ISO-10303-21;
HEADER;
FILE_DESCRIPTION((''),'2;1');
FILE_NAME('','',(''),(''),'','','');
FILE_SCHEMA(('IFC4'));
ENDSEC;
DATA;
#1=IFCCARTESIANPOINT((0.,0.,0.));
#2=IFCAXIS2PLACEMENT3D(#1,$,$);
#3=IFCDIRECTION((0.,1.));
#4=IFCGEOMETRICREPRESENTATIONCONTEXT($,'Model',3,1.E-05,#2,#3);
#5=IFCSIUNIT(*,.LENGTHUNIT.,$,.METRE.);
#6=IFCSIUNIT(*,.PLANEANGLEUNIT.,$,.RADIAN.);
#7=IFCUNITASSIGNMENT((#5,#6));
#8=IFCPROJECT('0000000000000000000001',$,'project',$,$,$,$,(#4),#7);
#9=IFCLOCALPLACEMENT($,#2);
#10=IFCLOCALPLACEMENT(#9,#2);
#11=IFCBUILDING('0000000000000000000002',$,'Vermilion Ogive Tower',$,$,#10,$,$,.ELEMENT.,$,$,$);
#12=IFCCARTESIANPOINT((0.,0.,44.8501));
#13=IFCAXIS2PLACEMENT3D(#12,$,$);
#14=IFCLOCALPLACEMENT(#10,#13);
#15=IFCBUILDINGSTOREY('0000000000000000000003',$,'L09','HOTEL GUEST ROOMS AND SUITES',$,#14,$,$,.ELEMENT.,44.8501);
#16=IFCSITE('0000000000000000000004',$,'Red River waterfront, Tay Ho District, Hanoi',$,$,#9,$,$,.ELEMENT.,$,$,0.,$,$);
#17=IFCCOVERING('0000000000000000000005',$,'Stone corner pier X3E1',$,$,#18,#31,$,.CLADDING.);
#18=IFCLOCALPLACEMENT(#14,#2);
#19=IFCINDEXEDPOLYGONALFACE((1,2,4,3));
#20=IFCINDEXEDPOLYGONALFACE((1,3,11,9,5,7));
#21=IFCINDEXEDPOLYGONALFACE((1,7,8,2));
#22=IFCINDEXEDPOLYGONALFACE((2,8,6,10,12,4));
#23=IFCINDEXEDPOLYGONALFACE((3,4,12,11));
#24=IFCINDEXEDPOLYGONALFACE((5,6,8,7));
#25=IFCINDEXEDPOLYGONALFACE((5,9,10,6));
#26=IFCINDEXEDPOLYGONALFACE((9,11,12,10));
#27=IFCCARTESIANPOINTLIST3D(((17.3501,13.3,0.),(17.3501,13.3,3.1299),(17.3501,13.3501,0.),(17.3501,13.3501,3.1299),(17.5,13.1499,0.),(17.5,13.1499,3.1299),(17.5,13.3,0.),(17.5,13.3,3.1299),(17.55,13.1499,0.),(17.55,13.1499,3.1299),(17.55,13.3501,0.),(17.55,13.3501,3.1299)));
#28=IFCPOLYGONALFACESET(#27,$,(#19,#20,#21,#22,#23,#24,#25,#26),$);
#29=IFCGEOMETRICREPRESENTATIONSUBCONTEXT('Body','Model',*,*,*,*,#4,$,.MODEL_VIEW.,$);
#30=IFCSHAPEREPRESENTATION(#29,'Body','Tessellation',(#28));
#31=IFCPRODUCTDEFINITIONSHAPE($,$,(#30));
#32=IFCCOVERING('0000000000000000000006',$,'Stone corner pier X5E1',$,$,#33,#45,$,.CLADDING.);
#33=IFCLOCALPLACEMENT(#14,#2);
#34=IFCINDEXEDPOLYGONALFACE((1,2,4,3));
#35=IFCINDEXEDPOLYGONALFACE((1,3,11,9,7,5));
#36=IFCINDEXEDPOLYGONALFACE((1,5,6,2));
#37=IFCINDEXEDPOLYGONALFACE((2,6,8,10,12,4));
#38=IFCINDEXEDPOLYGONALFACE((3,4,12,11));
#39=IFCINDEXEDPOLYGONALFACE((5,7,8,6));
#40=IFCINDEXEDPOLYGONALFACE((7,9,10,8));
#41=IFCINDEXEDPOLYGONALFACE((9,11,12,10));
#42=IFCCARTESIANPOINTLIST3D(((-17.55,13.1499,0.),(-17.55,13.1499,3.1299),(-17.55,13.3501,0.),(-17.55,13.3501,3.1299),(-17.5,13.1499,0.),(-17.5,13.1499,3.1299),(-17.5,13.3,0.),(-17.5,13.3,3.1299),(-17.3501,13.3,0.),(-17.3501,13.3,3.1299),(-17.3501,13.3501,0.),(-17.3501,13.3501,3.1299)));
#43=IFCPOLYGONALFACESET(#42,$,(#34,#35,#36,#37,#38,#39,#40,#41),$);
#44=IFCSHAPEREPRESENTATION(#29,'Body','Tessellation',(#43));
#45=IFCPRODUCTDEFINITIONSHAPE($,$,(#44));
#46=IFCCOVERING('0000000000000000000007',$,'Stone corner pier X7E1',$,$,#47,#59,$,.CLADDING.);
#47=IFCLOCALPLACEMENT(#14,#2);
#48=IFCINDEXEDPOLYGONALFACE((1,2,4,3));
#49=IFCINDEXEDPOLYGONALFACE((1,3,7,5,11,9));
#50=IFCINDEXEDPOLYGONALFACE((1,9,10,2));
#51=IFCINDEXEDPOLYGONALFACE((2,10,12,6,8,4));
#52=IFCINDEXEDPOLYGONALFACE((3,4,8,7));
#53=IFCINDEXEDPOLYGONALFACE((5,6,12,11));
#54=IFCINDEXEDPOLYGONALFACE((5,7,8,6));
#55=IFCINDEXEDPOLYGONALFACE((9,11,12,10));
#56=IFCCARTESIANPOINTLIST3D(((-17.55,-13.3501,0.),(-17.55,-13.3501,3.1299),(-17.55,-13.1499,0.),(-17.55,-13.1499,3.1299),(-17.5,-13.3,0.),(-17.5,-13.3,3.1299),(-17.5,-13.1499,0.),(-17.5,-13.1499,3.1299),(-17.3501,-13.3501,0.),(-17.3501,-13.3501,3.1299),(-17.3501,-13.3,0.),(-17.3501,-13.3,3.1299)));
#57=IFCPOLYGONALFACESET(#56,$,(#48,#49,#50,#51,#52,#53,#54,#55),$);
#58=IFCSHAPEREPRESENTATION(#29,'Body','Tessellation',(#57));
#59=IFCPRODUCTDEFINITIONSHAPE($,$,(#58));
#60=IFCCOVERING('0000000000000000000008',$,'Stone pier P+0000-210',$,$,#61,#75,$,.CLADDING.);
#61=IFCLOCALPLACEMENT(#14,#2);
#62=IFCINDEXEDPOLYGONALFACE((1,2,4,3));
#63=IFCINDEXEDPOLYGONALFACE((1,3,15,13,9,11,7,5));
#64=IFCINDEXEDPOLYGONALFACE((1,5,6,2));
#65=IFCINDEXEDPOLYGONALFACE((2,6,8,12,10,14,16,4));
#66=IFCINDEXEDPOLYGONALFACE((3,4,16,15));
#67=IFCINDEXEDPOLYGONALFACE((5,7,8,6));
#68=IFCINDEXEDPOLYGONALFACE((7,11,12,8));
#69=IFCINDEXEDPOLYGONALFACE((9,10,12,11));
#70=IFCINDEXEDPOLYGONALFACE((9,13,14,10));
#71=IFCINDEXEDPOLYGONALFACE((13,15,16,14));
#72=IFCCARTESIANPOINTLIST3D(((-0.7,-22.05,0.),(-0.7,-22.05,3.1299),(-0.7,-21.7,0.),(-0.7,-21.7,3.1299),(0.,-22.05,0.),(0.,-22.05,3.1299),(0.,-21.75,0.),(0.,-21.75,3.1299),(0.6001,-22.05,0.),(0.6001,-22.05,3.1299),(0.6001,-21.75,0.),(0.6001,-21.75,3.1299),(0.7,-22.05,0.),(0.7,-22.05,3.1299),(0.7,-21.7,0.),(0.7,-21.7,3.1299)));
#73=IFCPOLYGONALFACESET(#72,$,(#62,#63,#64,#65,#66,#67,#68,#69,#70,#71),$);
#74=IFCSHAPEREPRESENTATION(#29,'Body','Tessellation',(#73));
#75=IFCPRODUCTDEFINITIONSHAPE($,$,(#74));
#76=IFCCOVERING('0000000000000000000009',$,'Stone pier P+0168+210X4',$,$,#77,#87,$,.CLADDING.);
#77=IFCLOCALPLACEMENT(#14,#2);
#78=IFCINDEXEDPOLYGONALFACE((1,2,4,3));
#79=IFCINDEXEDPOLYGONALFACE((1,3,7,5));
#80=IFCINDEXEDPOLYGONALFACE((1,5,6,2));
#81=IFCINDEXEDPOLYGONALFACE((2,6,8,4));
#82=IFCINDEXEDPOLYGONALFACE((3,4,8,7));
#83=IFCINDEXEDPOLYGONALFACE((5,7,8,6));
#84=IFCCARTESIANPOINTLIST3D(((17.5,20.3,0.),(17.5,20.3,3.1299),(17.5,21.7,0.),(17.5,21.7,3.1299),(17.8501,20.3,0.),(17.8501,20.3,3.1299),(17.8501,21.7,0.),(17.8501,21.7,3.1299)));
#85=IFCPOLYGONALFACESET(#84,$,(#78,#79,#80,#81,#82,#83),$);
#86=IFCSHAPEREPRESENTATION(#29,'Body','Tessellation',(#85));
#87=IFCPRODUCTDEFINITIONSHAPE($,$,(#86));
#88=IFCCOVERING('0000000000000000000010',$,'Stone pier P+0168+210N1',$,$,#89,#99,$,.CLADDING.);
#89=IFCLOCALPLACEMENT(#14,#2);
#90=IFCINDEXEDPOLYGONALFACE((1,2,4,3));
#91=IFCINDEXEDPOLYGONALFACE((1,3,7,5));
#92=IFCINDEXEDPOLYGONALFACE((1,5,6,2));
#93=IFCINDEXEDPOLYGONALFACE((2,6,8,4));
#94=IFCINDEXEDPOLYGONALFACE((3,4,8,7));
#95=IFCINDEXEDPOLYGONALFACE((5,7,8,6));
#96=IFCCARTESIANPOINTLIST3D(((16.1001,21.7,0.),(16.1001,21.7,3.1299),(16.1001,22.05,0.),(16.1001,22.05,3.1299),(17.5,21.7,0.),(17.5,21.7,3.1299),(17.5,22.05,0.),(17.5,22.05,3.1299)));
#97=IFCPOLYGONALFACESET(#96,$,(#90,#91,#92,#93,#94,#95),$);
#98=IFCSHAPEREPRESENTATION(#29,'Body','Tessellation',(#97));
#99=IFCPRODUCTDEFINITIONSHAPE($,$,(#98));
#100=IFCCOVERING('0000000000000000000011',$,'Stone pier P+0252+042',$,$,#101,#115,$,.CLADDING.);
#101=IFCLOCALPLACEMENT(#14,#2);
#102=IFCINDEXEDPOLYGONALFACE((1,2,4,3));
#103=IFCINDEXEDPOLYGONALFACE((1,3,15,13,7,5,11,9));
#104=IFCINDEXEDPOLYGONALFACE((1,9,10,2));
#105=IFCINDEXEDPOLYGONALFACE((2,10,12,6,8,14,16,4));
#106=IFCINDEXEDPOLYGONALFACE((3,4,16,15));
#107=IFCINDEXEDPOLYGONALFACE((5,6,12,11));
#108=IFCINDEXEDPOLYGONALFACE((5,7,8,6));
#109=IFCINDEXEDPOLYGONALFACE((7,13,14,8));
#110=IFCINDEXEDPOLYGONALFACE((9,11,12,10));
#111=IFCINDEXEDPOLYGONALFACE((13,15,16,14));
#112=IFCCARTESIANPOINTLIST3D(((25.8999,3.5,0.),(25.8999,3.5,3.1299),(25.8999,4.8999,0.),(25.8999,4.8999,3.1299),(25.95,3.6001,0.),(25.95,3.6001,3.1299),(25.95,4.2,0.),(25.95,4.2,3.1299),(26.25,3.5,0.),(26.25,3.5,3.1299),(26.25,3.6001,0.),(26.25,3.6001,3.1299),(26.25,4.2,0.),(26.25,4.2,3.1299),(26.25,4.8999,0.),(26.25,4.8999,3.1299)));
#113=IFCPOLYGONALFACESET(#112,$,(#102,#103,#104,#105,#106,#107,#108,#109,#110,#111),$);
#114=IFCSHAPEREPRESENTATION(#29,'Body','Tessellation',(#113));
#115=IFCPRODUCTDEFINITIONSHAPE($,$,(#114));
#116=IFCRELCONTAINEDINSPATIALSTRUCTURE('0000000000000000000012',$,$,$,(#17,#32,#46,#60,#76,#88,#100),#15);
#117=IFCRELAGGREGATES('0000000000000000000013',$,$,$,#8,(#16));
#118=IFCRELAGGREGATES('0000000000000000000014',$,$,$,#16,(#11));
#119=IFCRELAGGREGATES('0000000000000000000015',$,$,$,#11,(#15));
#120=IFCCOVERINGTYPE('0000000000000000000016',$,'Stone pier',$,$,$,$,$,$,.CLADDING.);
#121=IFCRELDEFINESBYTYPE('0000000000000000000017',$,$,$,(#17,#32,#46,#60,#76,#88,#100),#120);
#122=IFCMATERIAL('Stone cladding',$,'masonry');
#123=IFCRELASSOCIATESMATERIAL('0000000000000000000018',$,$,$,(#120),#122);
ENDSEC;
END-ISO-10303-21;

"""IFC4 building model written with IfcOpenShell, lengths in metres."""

from ifc_helpers import new_model, si_unit, direction, frame, origin, place, context, subcontext, project, spatial, polyline, outline, extrude, material, type_object, element, save


model = new_model("IFC4")

# Units and contexts
model_context = context("Model", 3, precision=1e-05, world=origin(), true_north=direction((0.0, 1.0)))
body_context = subcontext(model_context, "Body", "Model", "MODEL_VIEW")
ifc_project = project(units=[si_unit("LENGTHUNIT", "METRE"), si_unit("PLANEANGLEUNIT", "RADIAN")], contexts=[model_context])

# Site, building, storey
site_placement = place(None, origin())
site = spatial("IfcSite", under=ifc_project, at=site_placement, Name="Red River waterfront, Tay Ho District, Hanoi", CompositionType="ELEMENT", RefElevation=0.0)
building_placement = place(site_placement, origin())
building = spatial("IfcBuilding", under=site, at=building_placement, Name="Vermilion Ogive Tower", CompositionType="ELEMENT")
storey_placement = place(building_placement, frame((0.0, 0.0, 44.8501)))
storey = spatial("IfcBuildingStorey", under=building, at=storey_placement, Name="L09", Description="HOTEL GUEST ROOMS AND SUITES", CompositionType="ELEMENT", Elevation=44.8501)

# Coverings
ifc_material_1 = material(Name="Stone cladding", Category="masonry")
covering_type_1 = type_object("IfcCoveringType", Name="Stone pier", PredefinedType="CLADDING", material=ifc_material_1)
covering_1_placement = place(storey_placement, origin())
element("IfcCovering", 1, at=covering_1_placement, inside=storey, type_object=covering_type_1, Name="Stone corner pier X3E1", PredefinedType="CLADDING", context=body_context, shape_type="SweptSolid", body=[
    extrude(outline(polyline([(17.5, 13.1499), (17.5, 13.3), (17.3501, 13.3), (17.3501, 13.3501), (17.55, 13.3501), (17.55, 13.1499), (17.5, 13.1499)])), origin(), (0.0, 0.0, 1.0), 3.1299),
])
covering_2_placement = place(storey_placement, origin())
element("IfcCovering", 2, at=covering_2_placement, inside=storey, type_object=covering_type_1, Name="Stone corner pier X5E1", PredefinedType="CLADDING", context=body_context, shape_type="SweptSolid", body=[
    extrude(outline(polyline([(-17.3501, 13.3), (-17.5, 13.3), (-17.5, 13.1499), (-17.55, 13.1499), (-17.55, 13.3501), (-17.3501, 13.3501), (-17.3501, 13.3)])), origin(), (0.0, 0.0, 1.0), 3.1299),
])
covering_3_placement = place(storey_placement, origin())
element("IfcCovering", 3, at=covering_3_placement, inside=storey, type_object=covering_type_1, Name="Stone corner pier X7E1", PredefinedType="CLADDING", context=body_context, shape_type="SweptSolid", body=[
    extrude(outline(polyline([(-17.5, -13.1499), (-17.5, -13.3), (-17.3501, -13.3), (-17.3501, -13.3501), (-17.55, -13.3501), (-17.55, -13.1499), (-17.5, -13.1499)])), origin(), (0.0, 0.0, 1.0), 3.1299),
])
covering_4_placement = place(storey_placement, origin())
element("IfcCovering", 4, at=covering_4_placement, inside=storey, type_object=covering_type_1, Name="Stone pier P+0000-210", PredefinedType="CLADDING", context=body_context, shape_type="SweptSolid", body=[
    extrude(outline(polyline([(0.7, -22.05), (0.6001, -22.05), (0.6001, -21.75), (0.0, -21.75), (0.0, -22.05), (-0.7, -22.05), (-0.7, -21.7), (0.7, -21.7), (0.7, -22.05)])), origin(), (0.0, 0.0, 1.0), 3.1299),
])
covering_5_placement = place(storey_placement, origin())
element("IfcCovering", 5, at=covering_5_placement, inside=storey, type_object=covering_type_1, Name="Stone pier P+0168+210X4", PredefinedType="CLADDING", context=body_context, shape_type="SweptSolid", body=[
    extrude(outline(polyline([(17.8501, 21.7), (17.8501, 20.3), (17.5, 20.3), (17.5, 21.7), (17.8501, 21.7)])), origin(), (0.0, 0.0, 1.0), 3.1299),
])
covering_6_placement = place(storey_placement, origin())
element("IfcCovering", 6, at=covering_6_placement, inside=storey, type_object=covering_type_1, Name="Stone pier P+0168+210N1", PredefinedType="CLADDING", context=body_context, shape_type="SweptSolid", body=[
    extrude(outline(polyline([(17.5, 22.05), (17.5, 21.7), (16.1001, 21.7), (16.1001, 22.05), (17.5, 22.05)])), origin(), (0.0, 0.0, 1.0), 3.1299),
])
covering_7_placement = place(storey_placement, origin())
element("IfcCovering", 7, at=covering_7_placement, inside=storey, type_object=covering_type_1, Name="Stone pier P+0252+042", PredefinedType="CLADDING", context=body_context, shape_type="SweptSolid", body=[
    extrude(outline(polyline([(26.25, 4.8999), (26.25, 4.2), (25.95, 4.2), (25.95, 3.6001), (26.25, 3.6001), (26.25, 3.5), (25.8999, 3.5), (25.8999, 4.8999), (26.25, 4.8999)])), origin(), (0.0, 0.0, 1.0), 3.1299),
])

save(model, "model.ifc")
